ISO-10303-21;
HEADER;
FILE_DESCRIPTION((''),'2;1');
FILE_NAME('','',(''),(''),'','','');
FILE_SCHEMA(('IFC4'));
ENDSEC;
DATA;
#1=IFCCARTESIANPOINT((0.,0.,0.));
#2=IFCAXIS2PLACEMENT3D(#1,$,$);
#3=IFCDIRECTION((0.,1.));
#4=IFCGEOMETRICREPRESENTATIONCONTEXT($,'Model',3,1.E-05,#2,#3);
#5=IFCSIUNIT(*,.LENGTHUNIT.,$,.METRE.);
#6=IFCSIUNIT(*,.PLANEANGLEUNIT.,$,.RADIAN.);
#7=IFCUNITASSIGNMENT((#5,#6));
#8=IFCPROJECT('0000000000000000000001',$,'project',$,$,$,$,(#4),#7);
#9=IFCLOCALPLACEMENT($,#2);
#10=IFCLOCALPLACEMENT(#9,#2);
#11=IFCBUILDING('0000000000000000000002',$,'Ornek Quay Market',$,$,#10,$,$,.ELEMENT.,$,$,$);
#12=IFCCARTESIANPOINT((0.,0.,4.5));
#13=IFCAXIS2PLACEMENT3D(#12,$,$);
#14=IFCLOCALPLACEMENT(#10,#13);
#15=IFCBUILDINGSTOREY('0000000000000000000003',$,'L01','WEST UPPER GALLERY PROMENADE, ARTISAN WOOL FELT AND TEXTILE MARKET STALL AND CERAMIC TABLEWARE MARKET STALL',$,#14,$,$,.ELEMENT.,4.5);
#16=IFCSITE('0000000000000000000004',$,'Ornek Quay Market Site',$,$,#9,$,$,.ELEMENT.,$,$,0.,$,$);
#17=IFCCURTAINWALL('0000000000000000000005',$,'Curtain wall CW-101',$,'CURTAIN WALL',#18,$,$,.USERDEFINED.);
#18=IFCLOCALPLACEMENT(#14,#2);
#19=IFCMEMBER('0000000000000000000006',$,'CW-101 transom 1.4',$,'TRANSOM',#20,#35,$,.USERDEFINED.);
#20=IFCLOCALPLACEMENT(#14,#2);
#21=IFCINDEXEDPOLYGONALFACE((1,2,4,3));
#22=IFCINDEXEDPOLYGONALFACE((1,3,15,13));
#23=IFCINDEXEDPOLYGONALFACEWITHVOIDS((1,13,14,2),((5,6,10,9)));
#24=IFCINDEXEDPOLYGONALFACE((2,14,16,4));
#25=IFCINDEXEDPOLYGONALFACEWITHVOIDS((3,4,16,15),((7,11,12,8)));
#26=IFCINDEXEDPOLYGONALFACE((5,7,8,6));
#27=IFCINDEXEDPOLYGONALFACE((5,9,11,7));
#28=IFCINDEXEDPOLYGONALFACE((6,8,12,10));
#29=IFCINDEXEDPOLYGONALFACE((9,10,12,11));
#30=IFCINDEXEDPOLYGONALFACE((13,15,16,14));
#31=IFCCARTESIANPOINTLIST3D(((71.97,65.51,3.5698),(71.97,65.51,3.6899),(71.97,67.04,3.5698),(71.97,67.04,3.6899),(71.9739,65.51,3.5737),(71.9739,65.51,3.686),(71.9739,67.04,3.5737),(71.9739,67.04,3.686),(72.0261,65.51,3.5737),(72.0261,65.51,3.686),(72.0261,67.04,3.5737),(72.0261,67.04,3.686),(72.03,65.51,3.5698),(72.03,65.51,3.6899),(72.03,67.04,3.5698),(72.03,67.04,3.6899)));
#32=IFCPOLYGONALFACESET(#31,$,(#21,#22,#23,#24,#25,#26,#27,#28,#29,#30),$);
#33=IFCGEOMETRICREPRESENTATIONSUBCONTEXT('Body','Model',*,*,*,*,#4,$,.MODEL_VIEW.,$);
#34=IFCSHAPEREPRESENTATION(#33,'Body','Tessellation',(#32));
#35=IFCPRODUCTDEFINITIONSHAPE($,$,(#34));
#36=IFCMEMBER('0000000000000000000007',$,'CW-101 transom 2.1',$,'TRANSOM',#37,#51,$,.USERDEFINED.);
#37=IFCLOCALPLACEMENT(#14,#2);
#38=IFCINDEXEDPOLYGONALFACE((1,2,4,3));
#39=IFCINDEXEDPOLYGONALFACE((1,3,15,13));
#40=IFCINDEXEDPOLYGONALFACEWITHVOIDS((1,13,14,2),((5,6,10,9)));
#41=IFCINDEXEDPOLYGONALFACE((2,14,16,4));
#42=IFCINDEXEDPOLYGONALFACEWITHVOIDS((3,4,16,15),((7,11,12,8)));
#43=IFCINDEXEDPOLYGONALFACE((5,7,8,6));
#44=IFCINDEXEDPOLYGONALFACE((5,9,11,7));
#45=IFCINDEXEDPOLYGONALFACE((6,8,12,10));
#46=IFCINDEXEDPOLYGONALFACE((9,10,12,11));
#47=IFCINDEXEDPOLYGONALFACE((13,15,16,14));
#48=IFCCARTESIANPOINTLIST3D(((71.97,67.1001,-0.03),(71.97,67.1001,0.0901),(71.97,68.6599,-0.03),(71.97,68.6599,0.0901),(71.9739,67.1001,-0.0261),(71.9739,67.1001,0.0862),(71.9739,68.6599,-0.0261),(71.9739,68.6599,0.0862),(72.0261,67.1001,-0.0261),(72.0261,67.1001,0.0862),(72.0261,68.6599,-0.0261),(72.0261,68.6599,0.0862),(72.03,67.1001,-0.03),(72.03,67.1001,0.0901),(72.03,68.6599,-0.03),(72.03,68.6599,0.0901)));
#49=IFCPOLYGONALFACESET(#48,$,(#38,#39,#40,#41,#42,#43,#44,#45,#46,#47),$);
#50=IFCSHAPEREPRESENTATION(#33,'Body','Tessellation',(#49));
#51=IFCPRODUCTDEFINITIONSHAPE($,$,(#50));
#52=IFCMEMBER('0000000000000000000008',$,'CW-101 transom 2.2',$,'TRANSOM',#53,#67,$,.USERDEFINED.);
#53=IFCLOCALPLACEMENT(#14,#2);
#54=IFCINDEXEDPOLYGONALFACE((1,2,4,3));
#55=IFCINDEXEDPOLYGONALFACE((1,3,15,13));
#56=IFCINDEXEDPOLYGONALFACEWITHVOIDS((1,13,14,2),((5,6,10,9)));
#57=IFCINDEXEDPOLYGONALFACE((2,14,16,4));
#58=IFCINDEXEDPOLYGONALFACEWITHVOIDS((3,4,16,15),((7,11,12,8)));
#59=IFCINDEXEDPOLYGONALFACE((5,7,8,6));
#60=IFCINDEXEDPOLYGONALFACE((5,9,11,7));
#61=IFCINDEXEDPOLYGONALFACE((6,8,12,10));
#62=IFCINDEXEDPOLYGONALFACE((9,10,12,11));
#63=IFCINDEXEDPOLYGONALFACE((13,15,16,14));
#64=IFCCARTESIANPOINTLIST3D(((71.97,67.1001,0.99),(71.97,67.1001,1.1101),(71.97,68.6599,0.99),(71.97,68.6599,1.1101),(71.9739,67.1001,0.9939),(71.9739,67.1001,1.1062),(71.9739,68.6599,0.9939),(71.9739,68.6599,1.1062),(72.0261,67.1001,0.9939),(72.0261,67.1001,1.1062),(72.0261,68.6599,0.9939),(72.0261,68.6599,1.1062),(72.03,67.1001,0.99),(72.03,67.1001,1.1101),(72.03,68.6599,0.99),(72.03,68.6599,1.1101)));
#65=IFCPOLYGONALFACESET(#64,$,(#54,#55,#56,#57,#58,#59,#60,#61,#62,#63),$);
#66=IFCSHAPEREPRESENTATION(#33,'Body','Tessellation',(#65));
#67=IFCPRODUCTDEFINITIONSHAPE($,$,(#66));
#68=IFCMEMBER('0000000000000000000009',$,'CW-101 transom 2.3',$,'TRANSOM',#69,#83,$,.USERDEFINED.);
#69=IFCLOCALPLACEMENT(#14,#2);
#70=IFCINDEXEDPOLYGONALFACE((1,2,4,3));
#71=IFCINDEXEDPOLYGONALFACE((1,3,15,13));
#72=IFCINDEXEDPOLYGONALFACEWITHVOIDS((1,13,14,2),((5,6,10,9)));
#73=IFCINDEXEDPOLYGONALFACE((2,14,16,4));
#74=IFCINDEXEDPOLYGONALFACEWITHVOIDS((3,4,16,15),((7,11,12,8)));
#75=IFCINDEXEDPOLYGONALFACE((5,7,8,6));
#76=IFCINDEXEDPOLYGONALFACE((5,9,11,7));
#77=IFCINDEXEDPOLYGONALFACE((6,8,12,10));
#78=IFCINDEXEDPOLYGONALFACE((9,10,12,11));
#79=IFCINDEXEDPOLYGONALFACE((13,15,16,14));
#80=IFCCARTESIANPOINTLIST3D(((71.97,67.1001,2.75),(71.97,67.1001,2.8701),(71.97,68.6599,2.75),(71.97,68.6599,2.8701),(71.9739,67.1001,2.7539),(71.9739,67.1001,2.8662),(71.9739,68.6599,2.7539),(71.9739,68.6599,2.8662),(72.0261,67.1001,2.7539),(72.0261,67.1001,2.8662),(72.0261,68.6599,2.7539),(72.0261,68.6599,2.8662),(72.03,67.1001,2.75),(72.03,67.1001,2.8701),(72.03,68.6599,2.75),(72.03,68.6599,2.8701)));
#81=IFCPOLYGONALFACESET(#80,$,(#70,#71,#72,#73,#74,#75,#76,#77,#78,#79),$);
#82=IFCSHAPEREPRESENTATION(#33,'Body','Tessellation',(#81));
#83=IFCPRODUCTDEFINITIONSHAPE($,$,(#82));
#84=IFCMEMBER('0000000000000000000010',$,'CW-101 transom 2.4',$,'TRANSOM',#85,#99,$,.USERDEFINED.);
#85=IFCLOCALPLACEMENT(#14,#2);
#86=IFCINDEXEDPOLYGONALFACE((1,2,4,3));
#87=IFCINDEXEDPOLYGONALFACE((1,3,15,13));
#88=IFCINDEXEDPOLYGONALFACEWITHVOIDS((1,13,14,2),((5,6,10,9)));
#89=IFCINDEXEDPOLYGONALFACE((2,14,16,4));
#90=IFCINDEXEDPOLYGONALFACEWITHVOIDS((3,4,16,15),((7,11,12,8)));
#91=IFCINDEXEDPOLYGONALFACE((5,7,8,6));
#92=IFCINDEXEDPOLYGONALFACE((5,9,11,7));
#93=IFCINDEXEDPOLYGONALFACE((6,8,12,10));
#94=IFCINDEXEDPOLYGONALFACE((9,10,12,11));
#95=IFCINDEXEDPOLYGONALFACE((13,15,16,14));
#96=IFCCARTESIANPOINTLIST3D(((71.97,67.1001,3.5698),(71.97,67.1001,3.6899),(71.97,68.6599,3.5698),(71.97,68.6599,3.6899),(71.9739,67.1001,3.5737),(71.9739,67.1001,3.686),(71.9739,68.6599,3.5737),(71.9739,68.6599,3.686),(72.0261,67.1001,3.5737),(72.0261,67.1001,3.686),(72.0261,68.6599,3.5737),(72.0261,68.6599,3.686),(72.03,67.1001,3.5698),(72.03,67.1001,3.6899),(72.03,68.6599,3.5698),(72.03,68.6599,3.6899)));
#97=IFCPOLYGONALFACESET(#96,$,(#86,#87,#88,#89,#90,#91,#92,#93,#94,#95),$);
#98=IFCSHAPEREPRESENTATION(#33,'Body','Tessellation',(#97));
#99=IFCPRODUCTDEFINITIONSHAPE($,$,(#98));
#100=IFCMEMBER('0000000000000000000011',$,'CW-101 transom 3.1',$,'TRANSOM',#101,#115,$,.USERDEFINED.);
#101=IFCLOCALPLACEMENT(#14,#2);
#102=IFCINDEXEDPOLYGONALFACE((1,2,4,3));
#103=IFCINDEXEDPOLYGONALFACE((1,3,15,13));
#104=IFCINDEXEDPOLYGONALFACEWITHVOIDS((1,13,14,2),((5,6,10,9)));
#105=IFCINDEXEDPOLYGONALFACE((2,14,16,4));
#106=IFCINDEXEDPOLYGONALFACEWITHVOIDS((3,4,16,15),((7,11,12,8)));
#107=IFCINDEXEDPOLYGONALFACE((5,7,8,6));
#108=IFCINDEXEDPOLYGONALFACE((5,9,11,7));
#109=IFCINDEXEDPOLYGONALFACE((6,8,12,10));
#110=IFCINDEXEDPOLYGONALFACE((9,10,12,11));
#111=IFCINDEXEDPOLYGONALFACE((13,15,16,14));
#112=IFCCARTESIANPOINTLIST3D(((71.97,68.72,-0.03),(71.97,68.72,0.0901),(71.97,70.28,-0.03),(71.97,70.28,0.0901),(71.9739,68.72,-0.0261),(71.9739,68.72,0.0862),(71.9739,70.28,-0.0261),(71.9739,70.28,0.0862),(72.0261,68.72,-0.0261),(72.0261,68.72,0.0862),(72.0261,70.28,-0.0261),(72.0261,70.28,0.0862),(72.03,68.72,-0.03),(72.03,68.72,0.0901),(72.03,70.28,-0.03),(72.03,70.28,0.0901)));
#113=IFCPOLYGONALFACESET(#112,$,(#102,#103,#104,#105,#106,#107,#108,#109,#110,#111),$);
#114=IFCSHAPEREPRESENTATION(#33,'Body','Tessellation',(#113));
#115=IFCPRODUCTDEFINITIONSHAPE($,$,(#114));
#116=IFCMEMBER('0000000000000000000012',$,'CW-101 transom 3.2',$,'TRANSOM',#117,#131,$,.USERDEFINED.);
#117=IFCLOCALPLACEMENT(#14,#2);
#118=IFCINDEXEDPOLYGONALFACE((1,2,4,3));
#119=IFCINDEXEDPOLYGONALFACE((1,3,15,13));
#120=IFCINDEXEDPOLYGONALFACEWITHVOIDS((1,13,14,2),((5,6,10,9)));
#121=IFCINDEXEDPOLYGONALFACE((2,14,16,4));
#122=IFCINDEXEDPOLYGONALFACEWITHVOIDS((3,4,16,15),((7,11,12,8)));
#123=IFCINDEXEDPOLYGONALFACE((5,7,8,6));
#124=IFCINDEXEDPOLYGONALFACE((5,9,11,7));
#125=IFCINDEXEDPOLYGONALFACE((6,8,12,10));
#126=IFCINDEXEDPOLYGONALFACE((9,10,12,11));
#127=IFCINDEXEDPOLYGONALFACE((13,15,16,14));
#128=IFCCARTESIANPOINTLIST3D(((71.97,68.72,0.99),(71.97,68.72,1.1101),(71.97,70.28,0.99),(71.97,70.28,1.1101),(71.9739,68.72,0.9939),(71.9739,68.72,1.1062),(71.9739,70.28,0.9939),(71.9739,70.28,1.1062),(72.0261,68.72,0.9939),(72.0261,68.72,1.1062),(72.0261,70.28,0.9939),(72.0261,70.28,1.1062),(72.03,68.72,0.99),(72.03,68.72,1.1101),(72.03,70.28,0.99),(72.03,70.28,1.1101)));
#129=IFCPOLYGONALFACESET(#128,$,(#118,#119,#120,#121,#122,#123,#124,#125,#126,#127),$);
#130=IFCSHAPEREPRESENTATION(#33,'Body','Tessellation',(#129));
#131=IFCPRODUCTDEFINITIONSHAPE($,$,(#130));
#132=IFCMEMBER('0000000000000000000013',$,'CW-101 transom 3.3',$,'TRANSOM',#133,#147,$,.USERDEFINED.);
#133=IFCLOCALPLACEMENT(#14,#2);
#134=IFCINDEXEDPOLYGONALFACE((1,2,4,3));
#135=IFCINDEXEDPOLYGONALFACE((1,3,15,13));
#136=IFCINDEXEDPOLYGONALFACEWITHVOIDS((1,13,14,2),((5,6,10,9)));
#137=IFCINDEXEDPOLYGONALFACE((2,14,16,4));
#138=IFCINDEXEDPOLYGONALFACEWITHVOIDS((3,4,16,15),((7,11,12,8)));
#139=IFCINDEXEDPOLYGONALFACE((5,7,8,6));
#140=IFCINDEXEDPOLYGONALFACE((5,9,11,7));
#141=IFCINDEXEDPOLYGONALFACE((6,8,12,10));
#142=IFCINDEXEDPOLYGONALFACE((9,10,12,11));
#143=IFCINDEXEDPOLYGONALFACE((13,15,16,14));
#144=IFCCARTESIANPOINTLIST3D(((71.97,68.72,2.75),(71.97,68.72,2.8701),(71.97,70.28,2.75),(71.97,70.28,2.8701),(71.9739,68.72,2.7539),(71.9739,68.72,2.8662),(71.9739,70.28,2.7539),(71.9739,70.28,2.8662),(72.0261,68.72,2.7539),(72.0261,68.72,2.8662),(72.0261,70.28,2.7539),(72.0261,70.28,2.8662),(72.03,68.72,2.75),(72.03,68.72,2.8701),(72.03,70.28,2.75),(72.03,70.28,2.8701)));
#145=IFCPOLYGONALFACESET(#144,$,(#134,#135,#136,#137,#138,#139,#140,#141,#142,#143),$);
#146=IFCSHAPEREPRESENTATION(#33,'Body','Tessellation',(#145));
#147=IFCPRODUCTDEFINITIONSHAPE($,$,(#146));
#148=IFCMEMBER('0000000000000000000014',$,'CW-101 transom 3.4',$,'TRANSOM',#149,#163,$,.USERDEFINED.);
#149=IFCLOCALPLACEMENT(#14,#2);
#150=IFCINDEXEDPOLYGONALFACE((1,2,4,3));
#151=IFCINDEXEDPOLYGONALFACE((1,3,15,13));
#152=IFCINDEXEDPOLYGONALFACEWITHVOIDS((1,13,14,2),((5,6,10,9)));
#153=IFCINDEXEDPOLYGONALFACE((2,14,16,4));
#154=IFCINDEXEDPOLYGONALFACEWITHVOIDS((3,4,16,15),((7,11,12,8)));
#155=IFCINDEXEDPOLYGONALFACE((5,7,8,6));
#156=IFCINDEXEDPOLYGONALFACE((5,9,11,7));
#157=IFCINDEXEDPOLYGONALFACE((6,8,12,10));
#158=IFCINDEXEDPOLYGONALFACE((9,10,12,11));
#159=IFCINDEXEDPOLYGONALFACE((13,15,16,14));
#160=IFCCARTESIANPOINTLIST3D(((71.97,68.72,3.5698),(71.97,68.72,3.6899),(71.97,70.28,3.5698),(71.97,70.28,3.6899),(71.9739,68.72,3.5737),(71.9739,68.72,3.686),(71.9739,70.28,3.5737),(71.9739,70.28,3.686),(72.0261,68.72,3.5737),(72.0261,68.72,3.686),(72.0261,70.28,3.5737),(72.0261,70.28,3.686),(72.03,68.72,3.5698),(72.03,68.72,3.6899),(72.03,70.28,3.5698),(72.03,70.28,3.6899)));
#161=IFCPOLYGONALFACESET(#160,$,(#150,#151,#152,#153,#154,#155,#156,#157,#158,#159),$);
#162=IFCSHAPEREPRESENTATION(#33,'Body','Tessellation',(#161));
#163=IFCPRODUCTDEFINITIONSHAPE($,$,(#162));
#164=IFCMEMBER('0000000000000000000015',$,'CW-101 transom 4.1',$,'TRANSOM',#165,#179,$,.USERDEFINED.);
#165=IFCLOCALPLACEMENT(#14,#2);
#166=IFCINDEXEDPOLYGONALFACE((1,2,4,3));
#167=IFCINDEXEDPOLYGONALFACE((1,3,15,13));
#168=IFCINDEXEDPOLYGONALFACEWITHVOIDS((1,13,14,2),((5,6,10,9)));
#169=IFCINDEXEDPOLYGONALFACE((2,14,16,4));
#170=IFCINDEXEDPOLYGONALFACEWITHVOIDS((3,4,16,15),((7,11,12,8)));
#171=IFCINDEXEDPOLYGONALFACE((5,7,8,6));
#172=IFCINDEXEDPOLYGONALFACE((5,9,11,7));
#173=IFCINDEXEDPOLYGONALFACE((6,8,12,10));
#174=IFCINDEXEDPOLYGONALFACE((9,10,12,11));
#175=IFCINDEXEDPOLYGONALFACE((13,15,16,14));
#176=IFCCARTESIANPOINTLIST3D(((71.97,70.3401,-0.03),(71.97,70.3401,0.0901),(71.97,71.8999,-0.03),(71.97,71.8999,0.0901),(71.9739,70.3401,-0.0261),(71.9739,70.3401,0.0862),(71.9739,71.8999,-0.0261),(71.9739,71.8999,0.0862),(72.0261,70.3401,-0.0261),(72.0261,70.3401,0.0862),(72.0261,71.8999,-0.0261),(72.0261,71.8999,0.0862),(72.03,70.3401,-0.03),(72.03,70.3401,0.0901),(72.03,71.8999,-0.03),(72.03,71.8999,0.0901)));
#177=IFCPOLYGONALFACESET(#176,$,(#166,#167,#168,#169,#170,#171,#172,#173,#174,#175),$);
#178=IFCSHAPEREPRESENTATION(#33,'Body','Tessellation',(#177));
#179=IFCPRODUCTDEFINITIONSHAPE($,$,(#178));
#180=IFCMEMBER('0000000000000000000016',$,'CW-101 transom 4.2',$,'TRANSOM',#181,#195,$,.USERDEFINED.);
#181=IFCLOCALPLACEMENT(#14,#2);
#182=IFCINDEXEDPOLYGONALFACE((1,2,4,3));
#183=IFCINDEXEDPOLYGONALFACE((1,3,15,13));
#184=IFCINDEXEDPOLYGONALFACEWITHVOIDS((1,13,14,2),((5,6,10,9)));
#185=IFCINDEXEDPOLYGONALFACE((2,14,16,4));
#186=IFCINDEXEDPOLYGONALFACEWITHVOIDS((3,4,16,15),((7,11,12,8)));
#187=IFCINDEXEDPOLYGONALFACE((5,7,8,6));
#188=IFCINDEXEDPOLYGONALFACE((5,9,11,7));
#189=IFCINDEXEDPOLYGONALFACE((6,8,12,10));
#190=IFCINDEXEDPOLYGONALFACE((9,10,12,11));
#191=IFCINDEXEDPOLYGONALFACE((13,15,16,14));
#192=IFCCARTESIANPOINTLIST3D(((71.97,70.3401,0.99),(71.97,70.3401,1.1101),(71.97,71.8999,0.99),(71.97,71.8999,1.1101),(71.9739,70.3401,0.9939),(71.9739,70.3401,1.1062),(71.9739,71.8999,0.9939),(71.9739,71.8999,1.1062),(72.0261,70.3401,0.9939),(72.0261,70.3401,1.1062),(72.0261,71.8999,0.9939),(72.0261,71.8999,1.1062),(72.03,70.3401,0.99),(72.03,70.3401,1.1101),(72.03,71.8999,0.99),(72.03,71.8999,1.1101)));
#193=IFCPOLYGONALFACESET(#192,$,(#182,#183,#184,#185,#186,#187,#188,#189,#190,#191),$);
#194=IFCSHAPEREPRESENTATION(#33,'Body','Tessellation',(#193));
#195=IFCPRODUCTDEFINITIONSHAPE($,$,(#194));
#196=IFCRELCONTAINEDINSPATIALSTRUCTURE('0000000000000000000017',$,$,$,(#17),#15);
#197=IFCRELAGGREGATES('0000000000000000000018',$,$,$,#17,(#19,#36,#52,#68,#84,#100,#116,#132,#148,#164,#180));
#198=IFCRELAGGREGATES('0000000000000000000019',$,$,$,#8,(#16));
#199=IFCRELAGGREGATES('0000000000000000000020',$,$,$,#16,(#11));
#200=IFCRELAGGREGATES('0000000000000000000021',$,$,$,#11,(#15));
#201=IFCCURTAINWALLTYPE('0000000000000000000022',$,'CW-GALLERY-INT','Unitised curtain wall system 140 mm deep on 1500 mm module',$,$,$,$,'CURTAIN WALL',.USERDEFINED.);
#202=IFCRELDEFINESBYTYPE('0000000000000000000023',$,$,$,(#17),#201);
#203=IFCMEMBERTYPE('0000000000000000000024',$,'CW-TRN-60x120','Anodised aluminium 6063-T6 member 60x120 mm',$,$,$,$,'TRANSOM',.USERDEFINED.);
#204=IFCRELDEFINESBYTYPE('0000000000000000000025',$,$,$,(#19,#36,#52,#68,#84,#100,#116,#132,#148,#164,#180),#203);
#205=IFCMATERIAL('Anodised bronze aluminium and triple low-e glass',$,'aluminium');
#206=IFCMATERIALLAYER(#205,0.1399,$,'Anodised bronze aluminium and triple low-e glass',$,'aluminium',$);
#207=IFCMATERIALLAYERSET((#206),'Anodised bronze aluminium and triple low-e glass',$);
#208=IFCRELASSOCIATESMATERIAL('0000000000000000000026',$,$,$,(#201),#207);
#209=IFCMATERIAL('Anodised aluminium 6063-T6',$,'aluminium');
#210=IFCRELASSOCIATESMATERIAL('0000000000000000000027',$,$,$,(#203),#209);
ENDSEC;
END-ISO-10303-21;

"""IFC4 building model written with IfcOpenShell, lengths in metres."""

from ifc_helpers import new_model, si_unit, direction, frame, origin, origin_2d, place, context, subcontext, project, spatial, hollow_rectangle, extrude, material, layer, layer_set, material_profile, profile_set, type_object, element, aggregate, save


model = new_model("IFC4")

# Units and contexts
model_context = context("Model", 3, precision=1e-05, world=origin(), true_north=direction((0.0, 1.0)))
body_context = subcontext(model_context, "Body", "Model", "MODEL_VIEW")
ifc_project = project(units=[si_unit("LENGTHUNIT", "METRE"), si_unit("PLANEANGLEUNIT", "RADIAN")], contexts=[model_context])

# Site, building, storey
site_placement = place(None, origin())
site = spatial("IfcSite", under=ifc_project, at=site_placement, Name="Ornek Quay Market Site", CompositionType="ELEMENT", RefElevation=0.0)
building_placement = place(site_placement, origin())
building = spatial("IfcBuilding", under=site, at=building_placement, Name="Ornek Quay Market", CompositionType="ELEMENT")
storey_placement = place(building_placement, frame((0.0, 0.0, 4.5)))
storey = spatial("IfcBuildingStorey", under=building, at=storey_placement, Name="L01", Description="WEST UPPER GALLERY PROMENADE, ARTISAN WOOL FELT AND TEXTILE MARKET STALL AND CERAMIC TABLEWARE MARKET STALL", CompositionType="ELEMENT", Elevation=4.5)

# Curtain wall, members
ifc_material_1 = material(Name="Anodised bronze aluminium and triple low-e glass", Category="aluminium")
ifc_layer_1 = layer(ifc_material_1, 0.1399, Name="Anodised bronze aluminium and triple low-e glass", Category="aluminium")
ifc_layer_set_1 = layer_set([ifc_layer_1], Name="Anodised bronze aluminium and triple low-e glass")
curtain_wall_type = type_object("IfcCurtainWallType", Name="CW-GALLERY-INT", Description="Unitised curtain wall system 140 mm deep on 1500 mm module", ElementType="CURTAIN WALL", PredefinedType="USERDEFINED", material=ifc_layer_set_1)
curtain_wall_placement = place(storey_placement, origin())
curtain_wall = element("IfcCurtainWall", 1, at=curtain_wall_placement, inside=storey, type_object=curtain_wall_type, Name="Curtain wall CW-101", ObjectType="CURTAIN WALL", PredefinedType="USERDEFINED")
ifc_material_2 = material(Name="Anodised aluminium 6063-T6", Category="aluminium")
ifc_material_profile_1 = material_profile(ifc_material_2, hollow_rectangle(XDim=0.0601, YDim=0.1201, WallThickness=0.0039, at=origin_2d()), Name="CW-TRN-60x120", Category="aluminium")
ifc_profile_set_1 = profile_set([ifc_material_profile_1], Name="Anodised aluminium 6063-T6")
member_type_1 = type_object("IfcMemberType", Name="CW-TRN-60x120", Description="Anodised aluminium 6063-T6 member 60x120 mm", ElementType="TRANSOM", PredefinedType="USERDEFINED", material=ifc_profile_set_1)
member_1_placement = place(storey_placement, frame((72.0, 65.51, 3.6299), z_axis=(0.0, 1.0, 0.0), x_axis=(-1.0, 0.0, 0.0)))
member_1 = element("IfcMember", 2, at=member_1_placement, type_object=member_type_1, Name="CW-101 transom 1.4", ObjectType="TRANSOM", PredefinedType="USERDEFINED", context=body_context, shape_type="SweptSolid", body=[
    extrude(hollow_rectangle(XDim=0.0601, YDim=0.1201, WallThickness=0.0039, at=origin_2d()), origin(), (0.0, 0.0, 1.0), 1.53),
])
member_2_placement = place(storey_placement, frame((72.0, 67.1001, 0.03), z_axis=(0.0, 1.0, 0.0), x_axis=(-1.0, 0.0, 0.0)))
member_2 = element("IfcMember", 3, at=member_2_placement, type_object=member_type_1, Name="CW-101 transom 2.1", ObjectType="TRANSOM", PredefinedType="USERDEFINED", context=body_context, shape_type="SweptSolid", body=[
    extrude(hollow_rectangle(XDim=0.0601, YDim=0.1201, WallThickness=0.0039, at=origin_2d()), origin(), (0.0, 0.0, 1.0), 1.5598),
])
member_3_placement = place(storey_placement, frame((72.0, 67.1001, 1.05), z_axis=(0.0, 1.0, 0.0), x_axis=(-1.0, 0.0, 0.0)))
member_3 = element("IfcMember", 4, at=member_3_placement, type_object=member_type_1, Name="CW-101 transom 2.2", ObjectType="TRANSOM", PredefinedType="USERDEFINED", context=body_context, shape_type="SweptSolid", body=[
    extrude(hollow_rectangle(XDim=0.0601, YDim=0.1201, WallThickness=0.0039, at=origin_2d()), origin(), (0.0, 0.0, 1.0), 1.5598),
])
member_4_placement = place(storey_placement, frame((72.0, 67.1001, 2.8101), z_axis=(0.0, 1.0, 0.0), x_axis=(-1.0, 0.0, 0.0)))
member_4 = element("IfcMember", 5, at=member_4_placement, type_object=member_type_1, Name="CW-101 transom 2.3", ObjectType="TRANSOM", PredefinedType="USERDEFINED", context=body_context, shape_type="SweptSolid", body=[
    extrude(hollow_rectangle(XDim=0.0601, YDim=0.1201, WallThickness=0.0039, at=origin_2d()), origin(), (0.0, 0.0, 1.0), 1.5598),
])
member_5_placement = place(storey_placement, frame((72.0, 67.1001, 3.6299), z_axis=(0.0, 1.0, 0.0), x_axis=(-1.0, 0.0, 0.0)))
member_5 = element("IfcMember", 6, at=member_5_placement, type_object=member_type_1, Name="CW-101 transom 2.4", ObjectType="TRANSOM", PredefinedType="USERDEFINED", context=body_context, shape_type="SweptSolid", body=[
    extrude(hollow_rectangle(XDim=0.0601, YDim=0.1201, WallThickness=0.0039, at=origin_2d()), origin(), (0.0, 0.0, 1.0), 1.5598),
])
member_6_placement = place(storey_placement, frame((72.0, 68.72, 0.03), z_axis=(0.0, 1.0, 0.0), x_axis=(-1.0, 0.0, 0.0)))
member_6 = element("IfcMember", 7, at=member_6_placement, type_object=member_type_1, Name="CW-101 transom 3.1", ObjectType="TRANSOM", PredefinedType="USERDEFINED", context=body_context, shape_type="SweptSolid", body=[
    extrude(hollow_rectangle(XDim=0.0601, YDim=0.1201, WallThickness=0.0039, at=origin_2d()), origin(), (0.0, 0.0, 1.0), 1.5601),
])
member_7_placement = place(storey_placement, frame((72.0, 68.72, 1.05), z_axis=(0.0, 1.0, 0.0), x_axis=(-1.0, 0.0, 0.0)))
member_7 = element("IfcMember", 8, at=member_7_placement, type_object=member_type_1, Name="CW-101 transom 3.2", ObjectType="TRANSOM", PredefinedType="USERDEFINED", context=body_context, shape_type="SweptSolid", body=[
    extrude(hollow_rectangle(XDim=0.0601, YDim=0.1201, WallThickness=0.0039, at=origin_2d()), origin(), (0.0, 0.0, 1.0), 1.5601),
])
member_8_placement = place(storey_placement, frame((72.0, 68.72, 2.8101), z_axis=(0.0, 1.0, 0.0), x_axis=(-1.0, 0.0, 0.0)))
member_8 = element("IfcMember", 9, at=member_8_placement, type_object=member_type_1, Name="CW-101 transom 3.3", ObjectType="TRANSOM", PredefinedType="USERDEFINED", context=body_context, shape_type="SweptSolid", body=[
    extrude(hollow_rectangle(XDim=0.0601, YDim=0.1201, WallThickness=0.0039, at=origin_2d()), origin(), (0.0, 0.0, 1.0), 1.5601),
])
member_9_placement = place(storey_placement, frame((72.0, 68.72, 3.6299), z_axis=(0.0, 1.0, 0.0), x_axis=(-1.0, 0.0, 0.0)))
member_9 = element("IfcMember", 10, at=member_9_placement, type_object=member_type_1, Name="CW-101 transom 3.4", ObjectType="TRANSOM", PredefinedType="USERDEFINED", context=body_context, shape_type="SweptSolid", body=[
    extrude(hollow_rectangle(XDim=0.0601, YDim=0.1201, WallThickness=0.0039, at=origin_2d()), origin(), (0.0, 0.0, 1.0), 1.5601),
])
member_10_placement = place(storey_placement, frame((72.0, 70.3401, 0.03), z_axis=(0.0, 1.0, 0.0), x_axis=(-1.0, 0.0, 0.0)))
member_10 = element("IfcMember", 11, at=member_10_placement, type_object=member_type_1, Name="CW-101 transom 4.1", ObjectType="TRANSOM", PredefinedType="USERDEFINED", context=body_context, shape_type="SweptSolid", body=[
    extrude(hollow_rectangle(XDim=0.0601, YDim=0.1201, WallThickness=0.0039, at=origin_2d()), origin(), (0.0, 0.0, 1.0), 1.5598),
])
member_11_placement = place(storey_placement, frame((72.0, 70.3401, 1.05), z_axis=(0.0, 1.0, 0.0), x_axis=(-1.0, 0.0, 0.0)))
member_11 = element("IfcMember", 12, at=member_11_placement, type_object=member_type_1, Name="CW-101 transom 4.2", ObjectType="TRANSOM", PredefinedType="USERDEFINED", context=body_context, shape_type="SweptSolid", body=[
    extrude(hollow_rectangle(XDim=0.0601, YDim=0.1201, WallThickness=0.0039, at=origin_2d()), origin(), (0.0, 0.0, 1.0), 1.5598),
])
aggregate(curtain_wall, [member_1, member_2, member_3, member_4, member_5, member_6, member_7, member_8, member_9, member_10, member_11])

save(model, "model.ifc")
